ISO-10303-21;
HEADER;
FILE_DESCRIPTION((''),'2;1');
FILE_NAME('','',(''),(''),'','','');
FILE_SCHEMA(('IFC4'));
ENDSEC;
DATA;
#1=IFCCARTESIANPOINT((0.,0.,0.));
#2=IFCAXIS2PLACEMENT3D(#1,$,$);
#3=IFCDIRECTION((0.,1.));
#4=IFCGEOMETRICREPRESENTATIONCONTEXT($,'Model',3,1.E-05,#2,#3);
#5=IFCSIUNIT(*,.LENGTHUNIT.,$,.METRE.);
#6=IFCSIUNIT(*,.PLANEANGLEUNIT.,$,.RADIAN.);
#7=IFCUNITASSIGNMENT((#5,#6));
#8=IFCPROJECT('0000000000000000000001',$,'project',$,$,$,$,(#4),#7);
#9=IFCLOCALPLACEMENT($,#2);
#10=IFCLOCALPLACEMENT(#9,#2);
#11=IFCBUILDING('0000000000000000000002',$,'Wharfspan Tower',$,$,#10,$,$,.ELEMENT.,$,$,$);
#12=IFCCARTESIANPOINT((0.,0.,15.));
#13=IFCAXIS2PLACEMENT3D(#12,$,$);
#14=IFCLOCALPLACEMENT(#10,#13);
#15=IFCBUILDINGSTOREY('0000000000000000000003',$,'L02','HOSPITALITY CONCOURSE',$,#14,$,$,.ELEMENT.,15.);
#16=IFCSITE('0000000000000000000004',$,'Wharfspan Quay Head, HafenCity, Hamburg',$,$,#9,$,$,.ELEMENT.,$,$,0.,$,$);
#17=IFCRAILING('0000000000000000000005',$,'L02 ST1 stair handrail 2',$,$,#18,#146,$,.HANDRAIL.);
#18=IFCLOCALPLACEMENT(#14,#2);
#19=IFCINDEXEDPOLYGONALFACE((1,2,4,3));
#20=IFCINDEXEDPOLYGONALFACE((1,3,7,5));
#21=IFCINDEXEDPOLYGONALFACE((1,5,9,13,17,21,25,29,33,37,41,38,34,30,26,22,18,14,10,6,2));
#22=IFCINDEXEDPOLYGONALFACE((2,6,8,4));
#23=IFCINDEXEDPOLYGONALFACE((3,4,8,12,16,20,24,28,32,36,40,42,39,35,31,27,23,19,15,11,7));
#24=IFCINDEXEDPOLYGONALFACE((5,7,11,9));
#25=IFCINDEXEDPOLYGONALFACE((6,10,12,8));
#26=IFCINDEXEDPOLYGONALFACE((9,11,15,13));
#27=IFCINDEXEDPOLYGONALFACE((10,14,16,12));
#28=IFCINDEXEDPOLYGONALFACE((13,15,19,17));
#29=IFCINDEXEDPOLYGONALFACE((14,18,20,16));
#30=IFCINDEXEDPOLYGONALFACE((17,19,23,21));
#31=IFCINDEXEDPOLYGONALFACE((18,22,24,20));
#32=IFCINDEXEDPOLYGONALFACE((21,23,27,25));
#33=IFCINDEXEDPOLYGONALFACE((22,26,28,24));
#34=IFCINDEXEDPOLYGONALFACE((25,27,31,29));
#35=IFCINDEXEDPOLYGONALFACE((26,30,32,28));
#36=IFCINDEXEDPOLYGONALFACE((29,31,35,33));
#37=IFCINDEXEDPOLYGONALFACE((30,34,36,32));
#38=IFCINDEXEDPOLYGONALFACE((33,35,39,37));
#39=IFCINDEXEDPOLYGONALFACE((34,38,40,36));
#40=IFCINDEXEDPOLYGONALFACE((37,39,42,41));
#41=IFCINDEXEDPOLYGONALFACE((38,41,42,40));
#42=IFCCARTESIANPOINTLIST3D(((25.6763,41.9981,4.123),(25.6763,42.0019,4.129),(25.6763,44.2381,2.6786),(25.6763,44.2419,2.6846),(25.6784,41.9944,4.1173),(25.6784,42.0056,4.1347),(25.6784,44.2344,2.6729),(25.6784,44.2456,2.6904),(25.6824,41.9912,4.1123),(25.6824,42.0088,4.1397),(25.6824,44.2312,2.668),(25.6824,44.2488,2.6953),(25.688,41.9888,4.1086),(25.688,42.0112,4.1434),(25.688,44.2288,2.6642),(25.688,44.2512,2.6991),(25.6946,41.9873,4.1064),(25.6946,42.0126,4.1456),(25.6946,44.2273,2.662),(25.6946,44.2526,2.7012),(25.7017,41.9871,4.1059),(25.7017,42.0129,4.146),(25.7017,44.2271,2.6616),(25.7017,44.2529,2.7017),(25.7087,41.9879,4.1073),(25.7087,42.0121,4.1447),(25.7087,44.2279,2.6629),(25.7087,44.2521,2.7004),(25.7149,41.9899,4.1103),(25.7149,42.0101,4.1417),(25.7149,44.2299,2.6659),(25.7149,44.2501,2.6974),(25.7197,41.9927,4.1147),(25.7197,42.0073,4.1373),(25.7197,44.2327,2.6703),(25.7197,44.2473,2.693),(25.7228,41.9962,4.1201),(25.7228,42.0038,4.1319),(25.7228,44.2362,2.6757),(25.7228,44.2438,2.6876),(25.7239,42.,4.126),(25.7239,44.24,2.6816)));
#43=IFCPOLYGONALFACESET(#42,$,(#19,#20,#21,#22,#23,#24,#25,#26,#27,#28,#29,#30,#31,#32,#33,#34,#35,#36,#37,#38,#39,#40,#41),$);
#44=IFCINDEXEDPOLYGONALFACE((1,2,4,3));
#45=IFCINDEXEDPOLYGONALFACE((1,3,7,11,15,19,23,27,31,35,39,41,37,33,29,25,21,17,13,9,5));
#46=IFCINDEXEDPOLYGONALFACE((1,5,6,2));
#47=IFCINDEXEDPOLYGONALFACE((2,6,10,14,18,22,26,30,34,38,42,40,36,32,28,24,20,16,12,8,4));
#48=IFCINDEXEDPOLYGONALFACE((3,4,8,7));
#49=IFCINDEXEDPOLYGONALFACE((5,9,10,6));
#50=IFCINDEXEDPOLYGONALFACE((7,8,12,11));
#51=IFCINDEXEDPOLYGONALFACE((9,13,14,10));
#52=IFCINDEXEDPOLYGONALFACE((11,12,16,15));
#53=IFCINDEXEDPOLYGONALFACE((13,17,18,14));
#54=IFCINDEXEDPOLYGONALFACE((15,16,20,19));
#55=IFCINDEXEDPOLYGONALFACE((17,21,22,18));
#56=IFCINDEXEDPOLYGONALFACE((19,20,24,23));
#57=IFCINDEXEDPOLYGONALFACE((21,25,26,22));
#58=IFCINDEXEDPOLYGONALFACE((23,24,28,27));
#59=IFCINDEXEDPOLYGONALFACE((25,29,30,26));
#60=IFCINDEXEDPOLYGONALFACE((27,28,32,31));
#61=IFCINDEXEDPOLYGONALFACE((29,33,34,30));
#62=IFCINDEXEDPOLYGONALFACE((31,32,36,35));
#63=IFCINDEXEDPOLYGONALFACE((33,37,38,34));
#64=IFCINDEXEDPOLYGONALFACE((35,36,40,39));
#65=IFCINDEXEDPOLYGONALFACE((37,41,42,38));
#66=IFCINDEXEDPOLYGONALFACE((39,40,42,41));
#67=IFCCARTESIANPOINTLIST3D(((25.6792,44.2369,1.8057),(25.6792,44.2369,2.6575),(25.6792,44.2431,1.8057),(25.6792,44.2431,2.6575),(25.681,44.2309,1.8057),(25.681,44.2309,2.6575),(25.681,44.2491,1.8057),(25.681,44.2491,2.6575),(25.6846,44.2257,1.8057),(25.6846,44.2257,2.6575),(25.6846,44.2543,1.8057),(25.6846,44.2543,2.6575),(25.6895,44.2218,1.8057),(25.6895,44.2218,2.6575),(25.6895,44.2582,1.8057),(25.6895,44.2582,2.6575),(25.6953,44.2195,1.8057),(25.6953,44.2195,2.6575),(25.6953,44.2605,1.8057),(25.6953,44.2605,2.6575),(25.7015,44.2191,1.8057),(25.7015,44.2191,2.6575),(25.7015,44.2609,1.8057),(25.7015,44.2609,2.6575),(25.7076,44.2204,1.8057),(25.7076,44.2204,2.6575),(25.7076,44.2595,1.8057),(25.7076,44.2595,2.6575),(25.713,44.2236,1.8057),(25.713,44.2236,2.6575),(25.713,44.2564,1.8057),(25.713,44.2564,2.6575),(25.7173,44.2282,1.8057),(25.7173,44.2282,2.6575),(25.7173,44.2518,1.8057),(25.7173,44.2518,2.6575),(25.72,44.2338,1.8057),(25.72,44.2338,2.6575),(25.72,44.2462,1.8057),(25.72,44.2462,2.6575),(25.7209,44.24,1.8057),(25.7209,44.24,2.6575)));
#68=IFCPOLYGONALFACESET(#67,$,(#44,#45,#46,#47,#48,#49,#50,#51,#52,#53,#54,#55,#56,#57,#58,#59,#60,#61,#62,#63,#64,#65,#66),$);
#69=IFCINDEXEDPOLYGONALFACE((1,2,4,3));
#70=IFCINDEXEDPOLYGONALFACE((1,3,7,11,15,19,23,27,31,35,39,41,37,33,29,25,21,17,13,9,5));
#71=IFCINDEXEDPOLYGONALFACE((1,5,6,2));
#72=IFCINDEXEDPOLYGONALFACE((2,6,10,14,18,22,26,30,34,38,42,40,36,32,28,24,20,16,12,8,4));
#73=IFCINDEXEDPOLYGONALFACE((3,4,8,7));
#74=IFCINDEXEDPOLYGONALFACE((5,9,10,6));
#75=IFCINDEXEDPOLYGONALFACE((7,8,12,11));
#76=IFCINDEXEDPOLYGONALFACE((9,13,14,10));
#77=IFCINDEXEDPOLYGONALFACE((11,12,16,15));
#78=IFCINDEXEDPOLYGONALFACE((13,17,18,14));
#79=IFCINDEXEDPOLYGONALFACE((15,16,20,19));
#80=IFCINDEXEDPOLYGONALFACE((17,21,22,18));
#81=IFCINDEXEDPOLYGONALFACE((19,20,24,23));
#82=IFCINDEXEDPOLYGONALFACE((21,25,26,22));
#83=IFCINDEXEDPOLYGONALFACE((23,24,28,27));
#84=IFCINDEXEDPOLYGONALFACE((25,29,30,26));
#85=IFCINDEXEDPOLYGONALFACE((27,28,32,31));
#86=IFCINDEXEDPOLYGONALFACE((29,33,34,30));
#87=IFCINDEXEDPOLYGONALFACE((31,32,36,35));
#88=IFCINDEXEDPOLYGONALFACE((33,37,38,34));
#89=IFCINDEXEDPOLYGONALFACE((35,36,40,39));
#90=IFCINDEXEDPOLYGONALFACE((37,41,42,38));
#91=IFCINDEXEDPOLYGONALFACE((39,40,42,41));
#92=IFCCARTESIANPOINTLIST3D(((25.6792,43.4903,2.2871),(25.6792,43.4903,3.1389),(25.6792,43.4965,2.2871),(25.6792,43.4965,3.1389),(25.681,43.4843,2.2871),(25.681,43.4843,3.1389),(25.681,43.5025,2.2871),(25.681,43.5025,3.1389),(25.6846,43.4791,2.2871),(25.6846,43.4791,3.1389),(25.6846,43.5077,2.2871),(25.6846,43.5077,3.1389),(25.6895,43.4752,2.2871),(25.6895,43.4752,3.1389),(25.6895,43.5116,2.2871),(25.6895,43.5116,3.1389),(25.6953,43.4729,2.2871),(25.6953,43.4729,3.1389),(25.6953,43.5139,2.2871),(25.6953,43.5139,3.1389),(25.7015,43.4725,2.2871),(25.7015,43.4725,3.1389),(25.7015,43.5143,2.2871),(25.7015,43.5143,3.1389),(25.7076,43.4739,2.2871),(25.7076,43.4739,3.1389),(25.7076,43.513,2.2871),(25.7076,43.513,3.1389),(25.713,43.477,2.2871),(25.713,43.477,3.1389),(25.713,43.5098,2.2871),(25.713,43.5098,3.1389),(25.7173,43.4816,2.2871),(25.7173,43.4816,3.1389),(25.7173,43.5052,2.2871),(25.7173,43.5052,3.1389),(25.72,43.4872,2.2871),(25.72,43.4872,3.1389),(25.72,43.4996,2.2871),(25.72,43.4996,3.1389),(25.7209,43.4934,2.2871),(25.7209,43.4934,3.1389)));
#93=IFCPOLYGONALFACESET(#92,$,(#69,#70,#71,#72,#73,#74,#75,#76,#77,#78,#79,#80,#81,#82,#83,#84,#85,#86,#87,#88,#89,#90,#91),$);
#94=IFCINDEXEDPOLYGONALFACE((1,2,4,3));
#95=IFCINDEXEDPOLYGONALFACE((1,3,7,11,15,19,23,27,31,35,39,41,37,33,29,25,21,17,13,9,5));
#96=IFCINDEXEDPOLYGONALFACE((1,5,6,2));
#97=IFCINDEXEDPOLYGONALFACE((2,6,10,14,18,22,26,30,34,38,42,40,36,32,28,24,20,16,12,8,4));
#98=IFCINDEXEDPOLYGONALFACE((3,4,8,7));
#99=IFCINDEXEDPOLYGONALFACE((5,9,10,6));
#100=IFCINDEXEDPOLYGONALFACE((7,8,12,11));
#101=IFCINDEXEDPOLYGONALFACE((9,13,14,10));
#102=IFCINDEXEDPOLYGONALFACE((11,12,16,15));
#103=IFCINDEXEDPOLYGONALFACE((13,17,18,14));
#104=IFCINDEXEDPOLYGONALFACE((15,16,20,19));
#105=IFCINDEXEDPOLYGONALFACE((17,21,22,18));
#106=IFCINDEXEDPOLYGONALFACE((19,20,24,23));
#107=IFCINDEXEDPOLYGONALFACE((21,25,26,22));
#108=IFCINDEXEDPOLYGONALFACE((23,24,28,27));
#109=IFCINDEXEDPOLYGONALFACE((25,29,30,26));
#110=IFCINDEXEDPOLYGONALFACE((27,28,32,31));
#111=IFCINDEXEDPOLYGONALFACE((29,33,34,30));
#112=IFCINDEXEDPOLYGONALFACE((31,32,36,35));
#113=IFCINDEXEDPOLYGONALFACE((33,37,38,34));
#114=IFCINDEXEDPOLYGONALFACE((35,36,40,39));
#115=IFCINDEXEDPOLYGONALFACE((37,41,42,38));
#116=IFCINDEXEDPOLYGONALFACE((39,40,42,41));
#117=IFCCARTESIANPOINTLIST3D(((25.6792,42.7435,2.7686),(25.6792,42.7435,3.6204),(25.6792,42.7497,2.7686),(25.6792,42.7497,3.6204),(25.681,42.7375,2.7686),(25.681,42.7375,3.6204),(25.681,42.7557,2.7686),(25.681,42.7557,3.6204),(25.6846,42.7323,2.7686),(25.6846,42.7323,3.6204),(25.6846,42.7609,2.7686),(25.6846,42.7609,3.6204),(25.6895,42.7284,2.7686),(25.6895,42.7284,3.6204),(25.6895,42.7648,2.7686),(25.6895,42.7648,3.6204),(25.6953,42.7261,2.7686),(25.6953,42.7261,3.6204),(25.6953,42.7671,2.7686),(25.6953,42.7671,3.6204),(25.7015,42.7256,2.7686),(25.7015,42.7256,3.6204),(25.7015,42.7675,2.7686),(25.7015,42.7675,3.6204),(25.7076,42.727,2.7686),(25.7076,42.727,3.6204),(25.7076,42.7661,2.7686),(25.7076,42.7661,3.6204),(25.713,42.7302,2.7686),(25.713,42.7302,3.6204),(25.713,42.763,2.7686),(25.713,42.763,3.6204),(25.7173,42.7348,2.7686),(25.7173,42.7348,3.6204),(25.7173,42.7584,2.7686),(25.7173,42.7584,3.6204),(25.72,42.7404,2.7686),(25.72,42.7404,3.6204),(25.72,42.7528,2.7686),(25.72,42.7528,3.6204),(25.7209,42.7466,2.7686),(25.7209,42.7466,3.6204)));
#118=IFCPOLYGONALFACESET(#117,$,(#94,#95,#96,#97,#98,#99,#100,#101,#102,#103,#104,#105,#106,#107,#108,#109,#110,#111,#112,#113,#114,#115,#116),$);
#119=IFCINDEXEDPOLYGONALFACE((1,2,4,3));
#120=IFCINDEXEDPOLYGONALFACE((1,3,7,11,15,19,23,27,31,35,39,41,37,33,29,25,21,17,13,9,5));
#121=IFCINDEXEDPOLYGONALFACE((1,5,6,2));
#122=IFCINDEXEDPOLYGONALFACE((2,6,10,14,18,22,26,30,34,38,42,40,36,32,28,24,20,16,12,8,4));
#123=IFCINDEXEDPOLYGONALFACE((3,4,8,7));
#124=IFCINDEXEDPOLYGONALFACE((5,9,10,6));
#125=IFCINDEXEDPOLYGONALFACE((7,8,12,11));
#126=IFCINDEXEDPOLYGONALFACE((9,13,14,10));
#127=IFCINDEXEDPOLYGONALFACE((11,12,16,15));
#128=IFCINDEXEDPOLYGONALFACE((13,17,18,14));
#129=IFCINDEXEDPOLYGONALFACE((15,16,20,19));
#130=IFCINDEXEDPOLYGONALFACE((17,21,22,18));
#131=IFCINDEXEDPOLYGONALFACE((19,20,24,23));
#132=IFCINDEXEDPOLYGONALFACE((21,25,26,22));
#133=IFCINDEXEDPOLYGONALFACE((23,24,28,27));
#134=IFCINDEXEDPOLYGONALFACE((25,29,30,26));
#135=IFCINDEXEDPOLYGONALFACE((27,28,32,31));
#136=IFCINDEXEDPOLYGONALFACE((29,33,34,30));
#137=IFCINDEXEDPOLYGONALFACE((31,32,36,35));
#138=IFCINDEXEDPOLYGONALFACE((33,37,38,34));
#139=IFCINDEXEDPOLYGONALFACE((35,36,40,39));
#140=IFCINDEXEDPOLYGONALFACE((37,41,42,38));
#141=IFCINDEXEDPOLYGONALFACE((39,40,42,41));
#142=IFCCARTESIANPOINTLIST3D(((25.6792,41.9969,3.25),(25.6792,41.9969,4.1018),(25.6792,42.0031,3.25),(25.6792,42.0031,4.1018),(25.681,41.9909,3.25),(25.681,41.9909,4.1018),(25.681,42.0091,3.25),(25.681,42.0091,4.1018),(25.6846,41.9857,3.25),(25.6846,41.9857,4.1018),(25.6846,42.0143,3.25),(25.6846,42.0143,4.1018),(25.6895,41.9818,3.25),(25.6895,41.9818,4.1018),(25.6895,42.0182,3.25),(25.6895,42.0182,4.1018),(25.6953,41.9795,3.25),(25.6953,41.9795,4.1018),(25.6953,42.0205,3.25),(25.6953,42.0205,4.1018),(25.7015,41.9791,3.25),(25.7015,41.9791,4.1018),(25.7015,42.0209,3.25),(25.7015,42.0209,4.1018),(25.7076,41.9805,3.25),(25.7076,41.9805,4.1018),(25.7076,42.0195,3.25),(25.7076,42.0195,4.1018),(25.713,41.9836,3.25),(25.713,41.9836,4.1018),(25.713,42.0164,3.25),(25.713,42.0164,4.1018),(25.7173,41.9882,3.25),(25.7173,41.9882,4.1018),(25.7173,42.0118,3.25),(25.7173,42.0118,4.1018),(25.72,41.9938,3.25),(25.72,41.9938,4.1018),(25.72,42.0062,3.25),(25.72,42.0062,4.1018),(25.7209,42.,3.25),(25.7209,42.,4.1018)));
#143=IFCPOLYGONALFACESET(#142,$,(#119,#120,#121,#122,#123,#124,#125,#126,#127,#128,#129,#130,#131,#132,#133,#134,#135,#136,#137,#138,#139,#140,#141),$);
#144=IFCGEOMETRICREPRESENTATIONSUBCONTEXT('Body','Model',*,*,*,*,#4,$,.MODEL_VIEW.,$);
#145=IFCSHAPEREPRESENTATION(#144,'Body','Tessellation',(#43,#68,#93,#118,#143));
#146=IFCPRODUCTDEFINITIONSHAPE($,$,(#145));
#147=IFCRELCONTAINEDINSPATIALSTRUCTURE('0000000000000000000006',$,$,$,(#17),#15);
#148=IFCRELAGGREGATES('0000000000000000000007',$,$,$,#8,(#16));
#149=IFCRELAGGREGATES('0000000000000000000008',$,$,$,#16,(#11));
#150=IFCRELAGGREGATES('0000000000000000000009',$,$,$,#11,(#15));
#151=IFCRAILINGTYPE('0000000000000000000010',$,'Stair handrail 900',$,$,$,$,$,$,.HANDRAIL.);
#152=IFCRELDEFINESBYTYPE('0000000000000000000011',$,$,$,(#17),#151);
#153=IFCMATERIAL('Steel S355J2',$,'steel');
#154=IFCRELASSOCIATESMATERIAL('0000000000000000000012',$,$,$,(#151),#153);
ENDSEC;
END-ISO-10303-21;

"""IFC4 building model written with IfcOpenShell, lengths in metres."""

from ifc_helpers import new_model, si_unit, direction, frame, origin, origin_2d, place, context, subcontext, project, spatial, circle, extrude, material, type_object, element, save


model = new_model("IFC4")

# Units and contexts
model_context = context("Model", 3, precision=1e-05, world=origin(), true_north=direction((0.0, 1.0)))
body_context = subcontext(model_context, "Body", "Model", "MODEL_VIEW")
ifc_project = project(units=[si_unit("LENGTHUNIT", "METRE"), si_unit("PLANEANGLEUNIT", "RADIAN")], contexts=[model_context])

# Site, building, storey
site_placement = place(None, origin())
site = spatial("IfcSite", under=ifc_project, at=site_placement, Name="Wharfspan Quay Head, HafenCity, Hamburg", CompositionType="ELEMENT", RefElevation=0.0)
building_placement = place(site_placement, origin())
building = spatial("IfcBuilding", under=site, at=building_placement, Name="Wharfspan Tower", CompositionType="ELEMENT")
storey_placement = place(building_placement, frame((0.0, 0.0, 15.0)))
storey = spatial("IfcBuildingStorey", under=building, at=storey_placement, Name="L02", Description="HOSPITALITY CONCOURSE", CompositionType="ELEMENT", Elevation=15.0)

# Railing
ifc_material_1 = material(Name="Steel S355J2", Category="steel")
railing_type = type_object("IfcRailingType", Name="Stair handrail 900", PredefinedType="HANDRAIL", material=ifc_material_1)
for number, where, name in (
    (1, (25.7, 44.24, 1.8057), "L02 ST1 stair handrail 2"),
):
    element("IfcRailing", number, at=place(storey_placement, frame(where)), inside=storey, type_object=railing_type, Name=name, PredefinedType="HANDRAIL", context=body_context, shape_type="SweptSolid", body=[
        extrude(circle(Radius=0.0239, at=origin_2d()), frame((0.0, 0.0, 0.876), z_axis=(0.0, -0.840437, 0.54191), x_axis=(1.0, 0.0, 0.0)), (0.0, 0.0, 1.0), 2.6653),
        extrude(circle(Radius=0.021, at=origin_2d()), origin(), (0.0, 0.0, 1.0), 0.8518),
        extrude(circle(Radius=0.021, at=origin_2d()), frame((0.0, -0.7466, 0.4814)), (0.0, 0.0, 1.0), 0.8518),
        extrude(circle(Radius=0.021, at=origin_2d()), frame((0.0, -1.4934, 0.9629)), (0.0, 0.0, 1.0), 0.8518),
        extrude(circle(Radius=0.021, at=origin_2d()), frame((0.0, -2.24, 1.4443)), (0.0, 0.0, 1.0), 0.8518),
    ])

save(model, "model.ifc")
